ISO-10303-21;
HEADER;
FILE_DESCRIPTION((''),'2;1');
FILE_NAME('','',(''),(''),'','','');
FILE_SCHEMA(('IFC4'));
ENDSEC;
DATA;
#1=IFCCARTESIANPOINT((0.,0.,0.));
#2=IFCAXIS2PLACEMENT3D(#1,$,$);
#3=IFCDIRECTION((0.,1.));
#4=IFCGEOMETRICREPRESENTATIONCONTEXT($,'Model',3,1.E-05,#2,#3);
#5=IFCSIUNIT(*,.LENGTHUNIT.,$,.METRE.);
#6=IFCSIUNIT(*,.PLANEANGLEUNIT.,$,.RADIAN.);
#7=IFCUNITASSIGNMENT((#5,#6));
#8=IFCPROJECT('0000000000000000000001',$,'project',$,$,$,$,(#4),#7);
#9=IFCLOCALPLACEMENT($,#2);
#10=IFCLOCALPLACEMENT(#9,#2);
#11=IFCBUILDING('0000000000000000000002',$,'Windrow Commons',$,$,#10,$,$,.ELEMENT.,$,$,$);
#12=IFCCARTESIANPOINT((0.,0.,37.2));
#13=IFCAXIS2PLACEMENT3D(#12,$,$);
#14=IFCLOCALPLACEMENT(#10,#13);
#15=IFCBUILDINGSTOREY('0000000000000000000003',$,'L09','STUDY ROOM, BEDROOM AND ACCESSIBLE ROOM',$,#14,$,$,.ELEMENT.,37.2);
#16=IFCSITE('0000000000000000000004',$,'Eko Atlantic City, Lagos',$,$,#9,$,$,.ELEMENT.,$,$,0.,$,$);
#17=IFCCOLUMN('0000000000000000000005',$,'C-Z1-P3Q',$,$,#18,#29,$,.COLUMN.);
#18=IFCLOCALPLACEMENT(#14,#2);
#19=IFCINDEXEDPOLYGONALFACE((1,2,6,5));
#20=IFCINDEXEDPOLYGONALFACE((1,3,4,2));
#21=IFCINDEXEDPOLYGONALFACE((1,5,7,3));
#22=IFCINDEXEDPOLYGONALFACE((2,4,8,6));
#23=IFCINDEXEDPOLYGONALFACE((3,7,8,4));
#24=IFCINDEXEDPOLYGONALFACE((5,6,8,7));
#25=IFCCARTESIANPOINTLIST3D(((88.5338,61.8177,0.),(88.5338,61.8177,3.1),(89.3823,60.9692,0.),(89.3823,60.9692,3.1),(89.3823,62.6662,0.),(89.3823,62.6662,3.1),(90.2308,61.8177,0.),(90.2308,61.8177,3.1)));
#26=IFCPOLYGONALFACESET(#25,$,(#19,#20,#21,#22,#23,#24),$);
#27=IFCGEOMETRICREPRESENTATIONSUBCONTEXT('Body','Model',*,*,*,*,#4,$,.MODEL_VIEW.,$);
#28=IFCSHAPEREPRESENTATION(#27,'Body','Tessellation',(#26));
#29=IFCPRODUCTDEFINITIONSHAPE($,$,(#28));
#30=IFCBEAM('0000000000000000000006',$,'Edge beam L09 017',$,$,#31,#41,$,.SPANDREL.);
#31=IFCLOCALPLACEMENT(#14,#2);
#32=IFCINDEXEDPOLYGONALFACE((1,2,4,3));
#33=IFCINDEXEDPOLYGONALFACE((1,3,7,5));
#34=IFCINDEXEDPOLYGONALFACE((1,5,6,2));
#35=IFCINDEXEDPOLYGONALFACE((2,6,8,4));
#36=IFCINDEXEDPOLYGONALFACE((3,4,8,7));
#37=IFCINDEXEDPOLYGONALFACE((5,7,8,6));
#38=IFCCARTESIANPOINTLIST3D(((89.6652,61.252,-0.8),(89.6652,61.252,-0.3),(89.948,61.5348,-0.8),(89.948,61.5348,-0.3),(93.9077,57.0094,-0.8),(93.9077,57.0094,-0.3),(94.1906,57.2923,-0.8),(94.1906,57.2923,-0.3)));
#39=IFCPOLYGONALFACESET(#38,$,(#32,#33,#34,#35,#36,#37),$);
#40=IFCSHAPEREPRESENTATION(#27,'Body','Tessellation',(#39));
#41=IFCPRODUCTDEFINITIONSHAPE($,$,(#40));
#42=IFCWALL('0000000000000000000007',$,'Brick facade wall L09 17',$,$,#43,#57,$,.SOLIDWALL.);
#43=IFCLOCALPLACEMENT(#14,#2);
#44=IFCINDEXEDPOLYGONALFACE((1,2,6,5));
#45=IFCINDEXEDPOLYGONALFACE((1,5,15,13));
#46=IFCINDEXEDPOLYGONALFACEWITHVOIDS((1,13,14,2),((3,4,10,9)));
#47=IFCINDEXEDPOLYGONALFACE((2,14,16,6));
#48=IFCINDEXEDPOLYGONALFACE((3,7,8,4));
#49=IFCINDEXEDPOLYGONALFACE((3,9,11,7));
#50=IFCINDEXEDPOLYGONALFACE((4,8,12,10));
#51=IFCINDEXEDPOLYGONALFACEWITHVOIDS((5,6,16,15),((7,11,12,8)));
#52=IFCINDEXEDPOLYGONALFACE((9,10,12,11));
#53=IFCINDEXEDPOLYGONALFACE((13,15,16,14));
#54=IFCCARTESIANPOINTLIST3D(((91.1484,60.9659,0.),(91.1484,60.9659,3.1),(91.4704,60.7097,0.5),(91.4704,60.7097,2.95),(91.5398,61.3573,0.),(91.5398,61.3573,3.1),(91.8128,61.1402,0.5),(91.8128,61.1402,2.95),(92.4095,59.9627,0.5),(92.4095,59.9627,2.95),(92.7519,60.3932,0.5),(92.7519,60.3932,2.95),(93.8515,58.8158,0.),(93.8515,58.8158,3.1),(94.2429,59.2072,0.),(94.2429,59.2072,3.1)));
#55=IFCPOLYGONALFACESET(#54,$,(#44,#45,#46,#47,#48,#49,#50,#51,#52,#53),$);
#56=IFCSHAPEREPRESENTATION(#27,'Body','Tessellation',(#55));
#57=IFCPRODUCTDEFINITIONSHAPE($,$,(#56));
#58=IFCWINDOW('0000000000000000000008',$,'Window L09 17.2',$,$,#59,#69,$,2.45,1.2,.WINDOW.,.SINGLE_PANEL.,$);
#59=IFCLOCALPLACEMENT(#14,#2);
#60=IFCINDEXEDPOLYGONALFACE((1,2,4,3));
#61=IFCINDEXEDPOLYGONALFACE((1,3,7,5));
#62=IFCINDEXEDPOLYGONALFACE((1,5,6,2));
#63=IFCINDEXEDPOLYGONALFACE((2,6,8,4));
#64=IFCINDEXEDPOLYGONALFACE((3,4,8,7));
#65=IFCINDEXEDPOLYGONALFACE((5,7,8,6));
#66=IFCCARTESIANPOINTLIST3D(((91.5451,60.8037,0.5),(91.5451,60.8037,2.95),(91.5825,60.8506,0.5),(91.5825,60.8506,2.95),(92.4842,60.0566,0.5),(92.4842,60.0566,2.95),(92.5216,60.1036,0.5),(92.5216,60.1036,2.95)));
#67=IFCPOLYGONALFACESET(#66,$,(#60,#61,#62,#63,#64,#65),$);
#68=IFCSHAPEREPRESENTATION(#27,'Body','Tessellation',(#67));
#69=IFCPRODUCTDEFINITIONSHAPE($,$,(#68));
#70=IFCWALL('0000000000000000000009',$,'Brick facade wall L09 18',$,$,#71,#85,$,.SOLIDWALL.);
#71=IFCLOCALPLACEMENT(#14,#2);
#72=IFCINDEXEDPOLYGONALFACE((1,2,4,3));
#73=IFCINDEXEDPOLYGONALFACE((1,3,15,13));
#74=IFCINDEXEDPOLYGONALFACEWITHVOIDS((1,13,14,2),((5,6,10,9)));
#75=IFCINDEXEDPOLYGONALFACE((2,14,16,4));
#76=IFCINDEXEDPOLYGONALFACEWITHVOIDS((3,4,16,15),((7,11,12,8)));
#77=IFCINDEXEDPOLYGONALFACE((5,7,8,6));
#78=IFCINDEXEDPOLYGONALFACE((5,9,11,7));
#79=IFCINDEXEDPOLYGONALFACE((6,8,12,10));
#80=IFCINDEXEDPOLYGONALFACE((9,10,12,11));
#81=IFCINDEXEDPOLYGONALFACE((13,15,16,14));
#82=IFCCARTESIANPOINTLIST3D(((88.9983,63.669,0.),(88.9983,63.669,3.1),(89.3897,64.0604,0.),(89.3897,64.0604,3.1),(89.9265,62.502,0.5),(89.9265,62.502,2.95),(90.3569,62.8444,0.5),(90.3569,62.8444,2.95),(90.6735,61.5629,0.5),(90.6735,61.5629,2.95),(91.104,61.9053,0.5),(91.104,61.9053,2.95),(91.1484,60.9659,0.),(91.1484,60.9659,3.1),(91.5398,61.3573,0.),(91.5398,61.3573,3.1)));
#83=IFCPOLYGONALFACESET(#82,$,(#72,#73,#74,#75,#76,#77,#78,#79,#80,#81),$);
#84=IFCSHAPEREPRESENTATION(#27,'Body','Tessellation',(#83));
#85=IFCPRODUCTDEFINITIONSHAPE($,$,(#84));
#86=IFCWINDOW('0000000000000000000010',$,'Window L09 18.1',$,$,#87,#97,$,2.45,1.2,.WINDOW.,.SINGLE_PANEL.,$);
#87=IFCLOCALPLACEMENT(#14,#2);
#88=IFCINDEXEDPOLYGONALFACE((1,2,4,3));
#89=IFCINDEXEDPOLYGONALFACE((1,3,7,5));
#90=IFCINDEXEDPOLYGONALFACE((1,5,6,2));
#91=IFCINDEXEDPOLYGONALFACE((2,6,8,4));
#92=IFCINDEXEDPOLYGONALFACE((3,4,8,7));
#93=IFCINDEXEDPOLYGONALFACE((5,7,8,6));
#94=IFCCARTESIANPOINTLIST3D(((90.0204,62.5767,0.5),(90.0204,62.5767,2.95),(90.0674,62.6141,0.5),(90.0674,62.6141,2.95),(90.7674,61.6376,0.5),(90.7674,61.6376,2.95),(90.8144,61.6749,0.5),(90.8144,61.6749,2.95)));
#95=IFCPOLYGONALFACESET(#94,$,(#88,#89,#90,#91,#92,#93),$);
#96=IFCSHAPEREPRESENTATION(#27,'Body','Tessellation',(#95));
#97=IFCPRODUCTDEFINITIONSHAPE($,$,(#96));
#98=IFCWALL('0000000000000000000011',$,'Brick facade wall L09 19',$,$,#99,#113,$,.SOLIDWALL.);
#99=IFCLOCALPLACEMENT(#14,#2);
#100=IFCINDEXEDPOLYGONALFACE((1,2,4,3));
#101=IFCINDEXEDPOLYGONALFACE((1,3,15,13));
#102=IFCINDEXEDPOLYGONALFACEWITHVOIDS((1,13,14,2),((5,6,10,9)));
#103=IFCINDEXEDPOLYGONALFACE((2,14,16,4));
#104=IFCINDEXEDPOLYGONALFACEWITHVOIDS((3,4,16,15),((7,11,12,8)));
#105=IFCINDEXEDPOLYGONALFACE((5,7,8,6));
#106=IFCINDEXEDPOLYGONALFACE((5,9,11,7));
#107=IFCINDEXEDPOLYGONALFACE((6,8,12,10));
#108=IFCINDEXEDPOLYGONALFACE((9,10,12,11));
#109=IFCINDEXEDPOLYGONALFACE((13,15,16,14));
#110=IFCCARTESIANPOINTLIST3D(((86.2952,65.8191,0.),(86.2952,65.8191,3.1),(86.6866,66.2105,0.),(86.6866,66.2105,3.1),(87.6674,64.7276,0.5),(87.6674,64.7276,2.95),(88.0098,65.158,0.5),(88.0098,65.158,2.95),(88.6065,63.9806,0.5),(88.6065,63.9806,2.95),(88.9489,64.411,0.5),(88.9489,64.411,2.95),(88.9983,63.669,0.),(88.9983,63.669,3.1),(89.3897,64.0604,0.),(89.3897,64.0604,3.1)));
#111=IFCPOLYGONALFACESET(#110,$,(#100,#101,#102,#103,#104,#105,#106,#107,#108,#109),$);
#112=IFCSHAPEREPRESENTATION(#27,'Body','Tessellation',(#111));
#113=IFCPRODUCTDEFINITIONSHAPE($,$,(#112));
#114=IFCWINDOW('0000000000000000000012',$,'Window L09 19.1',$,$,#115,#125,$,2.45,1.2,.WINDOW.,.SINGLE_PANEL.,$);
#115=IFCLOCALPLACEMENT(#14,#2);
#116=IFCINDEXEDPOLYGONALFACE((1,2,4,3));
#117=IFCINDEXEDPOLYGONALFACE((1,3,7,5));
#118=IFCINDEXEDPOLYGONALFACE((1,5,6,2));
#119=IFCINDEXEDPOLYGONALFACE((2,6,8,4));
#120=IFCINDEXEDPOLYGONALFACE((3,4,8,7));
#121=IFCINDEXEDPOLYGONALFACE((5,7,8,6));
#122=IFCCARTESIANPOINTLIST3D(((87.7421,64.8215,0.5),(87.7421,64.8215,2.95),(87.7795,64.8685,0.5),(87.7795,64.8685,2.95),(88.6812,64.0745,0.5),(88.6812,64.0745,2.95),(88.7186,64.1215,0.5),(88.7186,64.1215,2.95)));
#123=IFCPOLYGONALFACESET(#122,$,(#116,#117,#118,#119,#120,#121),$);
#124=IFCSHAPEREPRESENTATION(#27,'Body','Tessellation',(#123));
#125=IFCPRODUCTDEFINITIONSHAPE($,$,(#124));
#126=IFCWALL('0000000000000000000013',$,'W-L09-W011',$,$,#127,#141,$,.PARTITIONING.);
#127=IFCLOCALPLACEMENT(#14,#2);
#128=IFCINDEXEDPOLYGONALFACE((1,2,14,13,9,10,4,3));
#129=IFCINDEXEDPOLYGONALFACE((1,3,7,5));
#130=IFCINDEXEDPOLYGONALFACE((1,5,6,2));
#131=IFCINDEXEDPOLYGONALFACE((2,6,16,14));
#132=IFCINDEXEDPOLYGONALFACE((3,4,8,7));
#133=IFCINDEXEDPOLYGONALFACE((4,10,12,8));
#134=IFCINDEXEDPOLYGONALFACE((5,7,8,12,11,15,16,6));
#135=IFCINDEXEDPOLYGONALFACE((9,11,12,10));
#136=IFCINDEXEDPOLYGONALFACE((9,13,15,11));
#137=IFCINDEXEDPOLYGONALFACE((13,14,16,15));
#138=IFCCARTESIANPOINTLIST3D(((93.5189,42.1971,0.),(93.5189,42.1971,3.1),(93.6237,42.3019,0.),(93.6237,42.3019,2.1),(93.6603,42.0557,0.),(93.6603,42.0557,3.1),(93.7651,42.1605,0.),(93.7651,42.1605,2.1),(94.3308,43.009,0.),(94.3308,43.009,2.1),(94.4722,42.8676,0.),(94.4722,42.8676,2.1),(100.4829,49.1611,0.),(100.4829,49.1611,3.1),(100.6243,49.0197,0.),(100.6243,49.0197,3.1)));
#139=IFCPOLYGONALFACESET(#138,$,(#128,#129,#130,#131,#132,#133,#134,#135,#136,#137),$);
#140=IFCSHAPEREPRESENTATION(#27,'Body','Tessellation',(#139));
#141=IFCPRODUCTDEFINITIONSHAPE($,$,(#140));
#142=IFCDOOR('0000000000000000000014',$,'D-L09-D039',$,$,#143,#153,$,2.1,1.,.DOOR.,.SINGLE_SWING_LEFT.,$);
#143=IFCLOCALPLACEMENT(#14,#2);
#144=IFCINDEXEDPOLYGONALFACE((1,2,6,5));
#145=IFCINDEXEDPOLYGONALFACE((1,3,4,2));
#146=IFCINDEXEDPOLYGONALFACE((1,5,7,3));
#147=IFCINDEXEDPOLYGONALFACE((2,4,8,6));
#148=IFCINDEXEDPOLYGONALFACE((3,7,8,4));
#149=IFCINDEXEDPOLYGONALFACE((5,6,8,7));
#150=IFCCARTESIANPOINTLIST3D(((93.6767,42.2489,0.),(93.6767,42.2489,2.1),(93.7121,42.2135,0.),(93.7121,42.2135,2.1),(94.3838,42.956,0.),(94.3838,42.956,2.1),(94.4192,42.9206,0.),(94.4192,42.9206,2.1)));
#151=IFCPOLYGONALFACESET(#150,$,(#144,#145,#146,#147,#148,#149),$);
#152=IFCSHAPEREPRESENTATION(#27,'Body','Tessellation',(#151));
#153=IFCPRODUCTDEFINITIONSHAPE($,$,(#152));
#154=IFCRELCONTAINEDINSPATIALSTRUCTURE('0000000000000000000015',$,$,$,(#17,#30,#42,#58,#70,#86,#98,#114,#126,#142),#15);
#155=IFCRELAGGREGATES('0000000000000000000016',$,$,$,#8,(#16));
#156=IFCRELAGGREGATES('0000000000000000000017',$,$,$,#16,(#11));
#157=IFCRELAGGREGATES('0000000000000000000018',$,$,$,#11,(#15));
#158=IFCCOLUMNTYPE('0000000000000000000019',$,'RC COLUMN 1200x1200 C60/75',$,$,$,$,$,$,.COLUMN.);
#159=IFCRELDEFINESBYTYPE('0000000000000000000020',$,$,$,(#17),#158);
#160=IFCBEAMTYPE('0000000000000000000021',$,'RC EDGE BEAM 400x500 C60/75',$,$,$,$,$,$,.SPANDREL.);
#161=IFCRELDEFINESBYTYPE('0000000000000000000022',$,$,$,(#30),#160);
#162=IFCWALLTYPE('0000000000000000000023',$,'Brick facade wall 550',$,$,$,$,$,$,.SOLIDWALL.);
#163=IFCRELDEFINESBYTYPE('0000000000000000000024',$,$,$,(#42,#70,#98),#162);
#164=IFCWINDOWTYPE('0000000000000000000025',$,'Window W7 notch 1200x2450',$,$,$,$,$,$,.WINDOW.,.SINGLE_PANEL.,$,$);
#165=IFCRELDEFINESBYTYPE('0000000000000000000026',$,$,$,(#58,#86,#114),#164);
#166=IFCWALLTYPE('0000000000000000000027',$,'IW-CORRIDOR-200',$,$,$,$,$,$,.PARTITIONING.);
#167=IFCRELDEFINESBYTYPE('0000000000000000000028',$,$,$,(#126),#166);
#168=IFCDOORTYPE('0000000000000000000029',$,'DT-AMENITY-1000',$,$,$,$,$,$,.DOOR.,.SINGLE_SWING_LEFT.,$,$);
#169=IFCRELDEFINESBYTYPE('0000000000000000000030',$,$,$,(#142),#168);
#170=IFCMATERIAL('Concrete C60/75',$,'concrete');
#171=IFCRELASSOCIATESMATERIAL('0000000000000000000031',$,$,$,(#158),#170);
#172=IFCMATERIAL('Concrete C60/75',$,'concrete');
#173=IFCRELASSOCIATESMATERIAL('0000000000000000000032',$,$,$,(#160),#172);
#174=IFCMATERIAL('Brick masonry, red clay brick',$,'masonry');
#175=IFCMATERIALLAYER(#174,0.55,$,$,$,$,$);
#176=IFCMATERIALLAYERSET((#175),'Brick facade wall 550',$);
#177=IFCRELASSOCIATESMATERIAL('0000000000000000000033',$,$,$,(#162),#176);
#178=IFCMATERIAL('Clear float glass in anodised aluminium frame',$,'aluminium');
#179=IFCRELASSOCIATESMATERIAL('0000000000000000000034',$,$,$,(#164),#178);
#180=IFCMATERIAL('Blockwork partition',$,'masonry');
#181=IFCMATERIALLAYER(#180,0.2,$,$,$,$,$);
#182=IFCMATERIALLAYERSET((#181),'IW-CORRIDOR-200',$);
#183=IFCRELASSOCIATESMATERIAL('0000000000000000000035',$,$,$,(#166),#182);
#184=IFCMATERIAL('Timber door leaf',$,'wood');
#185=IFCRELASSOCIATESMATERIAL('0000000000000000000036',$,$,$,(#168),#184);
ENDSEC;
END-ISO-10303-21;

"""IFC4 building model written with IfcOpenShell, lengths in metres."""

from ifc_helpers import new_model, si_unit, direction, frame, frame_2d, origin, origin_2d, place, context, subcontext, project, spatial, polyline, rectangle, outline, extrude, material, layer, layer_set, material_profile, profile_set, type_object, element, fill, save


model = new_model("IFC4")

# Units and contexts
model_context = context("Model", 3, precision=1e-05, world=origin(), true_north=direction((0.0, 1.0)))
body_context = subcontext(model_context, "Body", "Model", "MODEL_VIEW")
ifc_project = project(units=[si_unit("LENGTHUNIT", "METRE"), si_unit("PLANEANGLEUNIT", "RADIAN")], contexts=[model_context])

# Site, building, storey
site_placement = place(None, origin())
site = spatial("IfcSite", under=ifc_project, at=site_placement, Name="Eko Atlantic City, Lagos", CompositionType="ELEMENT", RefElevation=0.0)
building_placement = place(site_placement, origin())
building = spatial("IfcBuilding", under=site, at=building_placement, Name="Windrow Commons", CompositionType="ELEMENT")
storey_placement = place(building_placement, frame((0.0, 0.0, 37.2)))
storey = spatial("IfcBuildingStorey", under=building, at=storey_placement, Name="L09", Description="STUDY ROOM, BEDROOM AND ACCESSIBLE ROOM", CompositionType="ELEMENT", Elevation=37.2)

# Column
ifc_material_1 = material(Name="Concrete C60/75", Category="concrete")
ifc_material_profile_1 = material_profile(ifc_material_1, rectangle(XDim=1.2, YDim=1.2, at=origin_2d()))
ifc_profile_set_1 = profile_set([ifc_material_profile_1], Name="Concrete C60/75")
column_type = type_object("IfcColumnType", Name="RC COLUMN 1200x1200 C60/75", PredefinedType="COLUMN", material=ifc_profile_set_1)
column_placement = place(storey_placement, frame((89.3823, 61.8177, 0.0), z_axis=(0.0, 0.0, 1.0), x_axis=(0.707107, -0.707107, 0.0)))
element("IfcColumn", 1, at=column_placement, inside=storey, type_object=column_type, Name="C-Z1-P3Q", PredefinedType="COLUMN", context=body_context, shape_type="SweptSolid", body=[
    extrude(rectangle(XDim=1.2, YDim=1.2, at=origin_2d()), origin(), (0.0, 0.0, 1.0), 3.1),
])

# Beam
ifc_material_2 = material(Name="Concrete C60/75", Category="concrete")
ifc_material_profile_2 = material_profile(ifc_material_2, rectangle(XDim=0.4, YDim=0.5, at=origin_2d()))
ifc_profile_set_2 = profile_set([ifc_material_profile_2], Name="Concrete C60/75")
beam_type = type_object("IfcBeamType", Name="RC EDGE BEAM 400x500 C60/75", PredefinedType="SPANDREL", material=ifc_profile_set_2)
beam_placement = place(storey_placement, frame((89.8066, 61.3934, -0.55), z_axis=(0.707107, -0.707107, 0.0), x_axis=(0.707107, 0.707107, 0.0)))
element("IfcBeam", 2, at=beam_placement, inside=storey, type_object=beam_type, Name="Edge beam L09 017", PredefinedType="SPANDREL", context=body_context, shape_type="SweptSolid", body=[
    extrude(rectangle(XDim=0.4, YDim=0.5, at=origin_2d()), origin(), (0.0, 0.0, 1.0), 5.9999),
])

# Walls, openings, windows
ifc_material_3 = material(Name="Brick masonry, red clay brick", Category="masonry")
ifc_layer_1 = layer(ifc_material_3, 0.55)
ifc_layer_set_1 = layer_set([ifc_layer_1], Name="Brick facade wall 550")
wall_type_1 = type_object("IfcWallType", Name="Brick facade wall 550", PredefinedType="SOLIDWALL", material=ifc_layer_set_1)
wall_1_placement = place(storey_placement, frame((94.0472, 59.0115, 0.0), z_axis=(0.0, 0.0, 1.0), x_axis=(-0.782614, 0.622507, 0.0)))
wall_1 = element("IfcWall", 3, at=wall_1_placement, inside=storey, type_object=wall_type_1, Name="Brick facade wall L09 17", PredefinedType="SOLIDWALL", context=body_context, shape_type="SweptSolid", body=[
    extrude(outline(polyline([(-0.0313, -0.275), (3.4226, -0.275), (3.4853, 0.275), (0.0313, 0.275), (-0.0313, -0.275)])), origin(), (0.0, 0.0, 1.0), 3.1),
])
opening_1_placement = place(wall_1_placement, frame((1.8738, 0.0, 0.5)))
opening_1 = element("IfcOpeningElement", 4, at=opening_1_placement, cuts=wall_1, PredefinedType="OPENING", context=body_context, shape_type="SweptSolid", body=[
    extrude(rectangle(XDim=1.2, YDim=2.45, at=frame_2d((0.6, 1.225))), frame((0.0, 0.285, 0.0), z_axis=(0.0, -1.0, 0.0), x_axis=(1.0, 0.0, 0.0)), (0.0, 0.0, 1.0), 0.57),
])
ifc_material_4 = material(Name="Clear float glass in anodised aluminium frame", Category="aluminium")
window_type = type_object("IfcWindowType", Name="Window W7 notch 1200x2450", PartitioningType="SINGLE_PANEL", PredefinedType="WINDOW", material=ifc_material_4)
window_1_placement = place(opening_1_placement, origin())
window_1 = element("IfcWindow", 5, at=window_1_placement, inside=storey, type_object=window_type, Name="Window L09 17.2", OverallHeight=2.45, OverallWidth=1.2, PartitioningType="SINGLE_PANEL", PredefinedType="WINDOW", context=body_context, shape_type="SweptSolid", body=[
    extrude(rectangle(XDim=1.2, YDim=2.45, at=frame_2d((0.6, 1.225))), frame((0.0, 0.155, 0.0), z_axis=(0.0, -1.0, 0.0), x_axis=(1.0, 0.0, 0.0)), (0.0, 0.0, 1.0), 0.06),
])
fill(opening_1, window_1)
wall_2_placement = place(storey_placement, frame((91.3441, 61.1616, 0.0), z_axis=(0.0, 0.0, 1.0), x_axis=(-0.622507, 0.782614, 0.0)))
wall_2 = element("IfcWall", 6, at=wall_2_placement, inside=storey, type_object=wall_type_1, Name="Brick facade wall L09 18", PredefinedType="SOLIDWALL", context=body_context, shape_type="SweptSolid", body=[
    extrude(outline(polyline([(0.0313, -0.275), (3.4853, -0.275), (3.4226, 0.275), (-0.0313, 0.275), (0.0313, -0.275)])), origin(), (0.0, 0.0, 1.0), 3.1),
])
opening_2_placement = place(wall_2_placement, frame((0.7315, 0.0, 0.5)))
opening_2 = element("IfcOpeningElement", 7, at=opening_2_placement, cuts=wall_2, PredefinedType="OPENING", context=body_context, shape_type="SweptSolid", body=[
    extrude(rectangle(XDim=1.2, YDim=2.45, at=frame_2d((0.6, 1.225))), frame((0.0, 0.285, 0.0), z_axis=(0.0, -1.0, 0.0), x_axis=(1.0, 0.0, 0.0)), (0.0, 0.0, 1.0), 0.57),
])
window_2_placement = place(opening_2_placement, origin())
window_2 = element("IfcWindow", 8, at=window_2_placement, inside=storey, type_object=window_type, Name="Window L09 18.1", OverallHeight=2.45, OverallWidth=1.2, PartitioningType="SINGLE_PANEL", PredefinedType="WINDOW", context=body_context, shape_type="SweptSolid", body=[
    extrude(rectangle(XDim=1.2, YDim=2.45, at=frame_2d((0.6, 1.225))), frame((0.0, 0.155, 0.0), z_axis=(0.0, -1.0, 0.0), x_axis=(1.0, 0.0, 0.0)), (0.0, 0.0, 1.0), 0.06),
])
fill(opening_2, window_2)
wall_3_placement = place(storey_placement, frame((89.194, 63.8647, 0.0), z_axis=(0.0, 0.0, 1.0), x_axis=(-0.782614, 0.622507, 0.0)))
wall_3 = element("IfcWall", 9, at=wall_3_placement, inside=storey, type_object=wall_type_1, Name="Brick facade wall L09 19", PredefinedType="SOLIDWALL", context=body_context, shape_type="SweptSolid", body=[
    extrude(outline(polyline([(-0.0313, -0.275), (3.4226, -0.275), (3.4853, 0.275), (0.0313, 0.275), (-0.0313, -0.275)])), origin(), (0.0, 0.0, 1.0), 3.1),
])
opening_3_placement = place(wall_3_placement, frame((0.5319, 0.0, 0.5)))
opening_3 = element("IfcOpeningElement", 10, at=opening_3_placement, cuts=wall_3, PredefinedType="OPENING", context=body_context, shape_type="SweptSolid", body=[
    extrude(rectangle(XDim=1.2, YDim=2.45, at=frame_2d((0.6, 1.225))), frame((0.0, 0.285, 0.0), z_axis=(0.0, -1.0, 0.0), x_axis=(1.0, 0.0, 0.0)), (0.0, 0.0, 1.0), 0.57),
])
window_3_placement = place(opening_3_placement, origin())
window_3 = element("IfcWindow", 11, at=window_3_placement, inside=storey, type_object=window_type, Name="Window L09 19.1", OverallHeight=2.45, OverallWidth=1.2, PartitioningType="SINGLE_PANEL", PredefinedType="WINDOW", context=body_context, shape_type="SweptSolid", body=[
    extrude(rectangle(XDim=1.2, YDim=2.45, at=frame_2d((0.6, 1.225))), frame((0.0, 0.155, 0.0), z_axis=(0.0, -1.0, 0.0), x_axis=(1.0, 0.0, 0.0)), (0.0, 0.0, 1.0), 0.06),
])
fill(opening_3, window_3)

# Wall, opening, door
ifc_material_5 = material(Name="Blockwork partition", Category="masonry")
ifc_layer_2 = layer(ifc_material_5, 0.2)
ifc_layer_set_2 = layer_set([ifc_layer_2], Name="IW-CORRIDOR-200")
wall_type_2 = type_object("IfcWallType", Name="IW-CORRIDOR-200", PredefinedType="PARTITIONING", material=ifc_layer_set_2)
wall_4_placement = place(storey_placement, frame((93.5896, 42.1264, 0.0), z_axis=(0.0, 0.0, 1.0), x_axis=(0.707107, 0.707107, 0.0)))
wall_4 = element("IfcWall", 12, at=wall_4_placement, inside=storey, type_object=wall_type_2, Name="W-L09-W011", PredefinedType="PARTITIONING", context=body_context, shape_type="SweptSolid", body=[
    extrude(rectangle(XDim=9.8486, YDim=0.2, at=frame_2d((4.9243, 0.0))), origin(), (0.0, 0.0, 1.0), 3.1),
])
opening_4_placement = place(wall_4_placement, frame((0.1482, 0.0, 0.0)))
opening_4 = element("IfcOpeningElement", 13, at=opening_4_placement, cuts=wall_4, PredefinedType="OPENING", context=body_context, shape_type="SweptSolid", body=[
    extrude(rectangle(XDim=1.0, YDim=2.1, at=frame_2d((0.5, 1.05))), frame((0.0, 0.11, 0.0), z_axis=(0.0, -1.0, 0.0), x_axis=(1.0, 0.0, 0.0)), (0.0, 0.0, 1.0), 0.22),
])
ifc_material_6 = material(Name="Timber door leaf", Category="wood")
door_type_1 = type_object("IfcDoorType", Name="DT-AMENITY-1000", OperationType="SINGLE_SWING_LEFT", PredefinedType="DOOR", material=ifc_material_6)
door_1_placement = place(opening_4_placement, origin())
door_1 = element("IfcDoor", 14, at=door_1_placement, inside=storey, type_object=door_type_1, Name="D-L09-D039", OperationType="SINGLE_SWING_LEFT", OverallHeight=2.1, OverallWidth=1.0, PredefinedType="DOOR", context=body_context, shape_type="SweptSolid", body=[
    extrude(rectangle(XDim=1.0, YDim=2.1, at=frame_2d((0.5, 1.05))), frame((0.0, 0.025, 0.0), z_axis=(0.0, -1.0, 0.0), x_axis=(1.0, 0.0, 0.0)), (0.0, 0.0, 1.0), 0.05),
])
fill(opening_4, door_1)

save(model, "model.ifc")
